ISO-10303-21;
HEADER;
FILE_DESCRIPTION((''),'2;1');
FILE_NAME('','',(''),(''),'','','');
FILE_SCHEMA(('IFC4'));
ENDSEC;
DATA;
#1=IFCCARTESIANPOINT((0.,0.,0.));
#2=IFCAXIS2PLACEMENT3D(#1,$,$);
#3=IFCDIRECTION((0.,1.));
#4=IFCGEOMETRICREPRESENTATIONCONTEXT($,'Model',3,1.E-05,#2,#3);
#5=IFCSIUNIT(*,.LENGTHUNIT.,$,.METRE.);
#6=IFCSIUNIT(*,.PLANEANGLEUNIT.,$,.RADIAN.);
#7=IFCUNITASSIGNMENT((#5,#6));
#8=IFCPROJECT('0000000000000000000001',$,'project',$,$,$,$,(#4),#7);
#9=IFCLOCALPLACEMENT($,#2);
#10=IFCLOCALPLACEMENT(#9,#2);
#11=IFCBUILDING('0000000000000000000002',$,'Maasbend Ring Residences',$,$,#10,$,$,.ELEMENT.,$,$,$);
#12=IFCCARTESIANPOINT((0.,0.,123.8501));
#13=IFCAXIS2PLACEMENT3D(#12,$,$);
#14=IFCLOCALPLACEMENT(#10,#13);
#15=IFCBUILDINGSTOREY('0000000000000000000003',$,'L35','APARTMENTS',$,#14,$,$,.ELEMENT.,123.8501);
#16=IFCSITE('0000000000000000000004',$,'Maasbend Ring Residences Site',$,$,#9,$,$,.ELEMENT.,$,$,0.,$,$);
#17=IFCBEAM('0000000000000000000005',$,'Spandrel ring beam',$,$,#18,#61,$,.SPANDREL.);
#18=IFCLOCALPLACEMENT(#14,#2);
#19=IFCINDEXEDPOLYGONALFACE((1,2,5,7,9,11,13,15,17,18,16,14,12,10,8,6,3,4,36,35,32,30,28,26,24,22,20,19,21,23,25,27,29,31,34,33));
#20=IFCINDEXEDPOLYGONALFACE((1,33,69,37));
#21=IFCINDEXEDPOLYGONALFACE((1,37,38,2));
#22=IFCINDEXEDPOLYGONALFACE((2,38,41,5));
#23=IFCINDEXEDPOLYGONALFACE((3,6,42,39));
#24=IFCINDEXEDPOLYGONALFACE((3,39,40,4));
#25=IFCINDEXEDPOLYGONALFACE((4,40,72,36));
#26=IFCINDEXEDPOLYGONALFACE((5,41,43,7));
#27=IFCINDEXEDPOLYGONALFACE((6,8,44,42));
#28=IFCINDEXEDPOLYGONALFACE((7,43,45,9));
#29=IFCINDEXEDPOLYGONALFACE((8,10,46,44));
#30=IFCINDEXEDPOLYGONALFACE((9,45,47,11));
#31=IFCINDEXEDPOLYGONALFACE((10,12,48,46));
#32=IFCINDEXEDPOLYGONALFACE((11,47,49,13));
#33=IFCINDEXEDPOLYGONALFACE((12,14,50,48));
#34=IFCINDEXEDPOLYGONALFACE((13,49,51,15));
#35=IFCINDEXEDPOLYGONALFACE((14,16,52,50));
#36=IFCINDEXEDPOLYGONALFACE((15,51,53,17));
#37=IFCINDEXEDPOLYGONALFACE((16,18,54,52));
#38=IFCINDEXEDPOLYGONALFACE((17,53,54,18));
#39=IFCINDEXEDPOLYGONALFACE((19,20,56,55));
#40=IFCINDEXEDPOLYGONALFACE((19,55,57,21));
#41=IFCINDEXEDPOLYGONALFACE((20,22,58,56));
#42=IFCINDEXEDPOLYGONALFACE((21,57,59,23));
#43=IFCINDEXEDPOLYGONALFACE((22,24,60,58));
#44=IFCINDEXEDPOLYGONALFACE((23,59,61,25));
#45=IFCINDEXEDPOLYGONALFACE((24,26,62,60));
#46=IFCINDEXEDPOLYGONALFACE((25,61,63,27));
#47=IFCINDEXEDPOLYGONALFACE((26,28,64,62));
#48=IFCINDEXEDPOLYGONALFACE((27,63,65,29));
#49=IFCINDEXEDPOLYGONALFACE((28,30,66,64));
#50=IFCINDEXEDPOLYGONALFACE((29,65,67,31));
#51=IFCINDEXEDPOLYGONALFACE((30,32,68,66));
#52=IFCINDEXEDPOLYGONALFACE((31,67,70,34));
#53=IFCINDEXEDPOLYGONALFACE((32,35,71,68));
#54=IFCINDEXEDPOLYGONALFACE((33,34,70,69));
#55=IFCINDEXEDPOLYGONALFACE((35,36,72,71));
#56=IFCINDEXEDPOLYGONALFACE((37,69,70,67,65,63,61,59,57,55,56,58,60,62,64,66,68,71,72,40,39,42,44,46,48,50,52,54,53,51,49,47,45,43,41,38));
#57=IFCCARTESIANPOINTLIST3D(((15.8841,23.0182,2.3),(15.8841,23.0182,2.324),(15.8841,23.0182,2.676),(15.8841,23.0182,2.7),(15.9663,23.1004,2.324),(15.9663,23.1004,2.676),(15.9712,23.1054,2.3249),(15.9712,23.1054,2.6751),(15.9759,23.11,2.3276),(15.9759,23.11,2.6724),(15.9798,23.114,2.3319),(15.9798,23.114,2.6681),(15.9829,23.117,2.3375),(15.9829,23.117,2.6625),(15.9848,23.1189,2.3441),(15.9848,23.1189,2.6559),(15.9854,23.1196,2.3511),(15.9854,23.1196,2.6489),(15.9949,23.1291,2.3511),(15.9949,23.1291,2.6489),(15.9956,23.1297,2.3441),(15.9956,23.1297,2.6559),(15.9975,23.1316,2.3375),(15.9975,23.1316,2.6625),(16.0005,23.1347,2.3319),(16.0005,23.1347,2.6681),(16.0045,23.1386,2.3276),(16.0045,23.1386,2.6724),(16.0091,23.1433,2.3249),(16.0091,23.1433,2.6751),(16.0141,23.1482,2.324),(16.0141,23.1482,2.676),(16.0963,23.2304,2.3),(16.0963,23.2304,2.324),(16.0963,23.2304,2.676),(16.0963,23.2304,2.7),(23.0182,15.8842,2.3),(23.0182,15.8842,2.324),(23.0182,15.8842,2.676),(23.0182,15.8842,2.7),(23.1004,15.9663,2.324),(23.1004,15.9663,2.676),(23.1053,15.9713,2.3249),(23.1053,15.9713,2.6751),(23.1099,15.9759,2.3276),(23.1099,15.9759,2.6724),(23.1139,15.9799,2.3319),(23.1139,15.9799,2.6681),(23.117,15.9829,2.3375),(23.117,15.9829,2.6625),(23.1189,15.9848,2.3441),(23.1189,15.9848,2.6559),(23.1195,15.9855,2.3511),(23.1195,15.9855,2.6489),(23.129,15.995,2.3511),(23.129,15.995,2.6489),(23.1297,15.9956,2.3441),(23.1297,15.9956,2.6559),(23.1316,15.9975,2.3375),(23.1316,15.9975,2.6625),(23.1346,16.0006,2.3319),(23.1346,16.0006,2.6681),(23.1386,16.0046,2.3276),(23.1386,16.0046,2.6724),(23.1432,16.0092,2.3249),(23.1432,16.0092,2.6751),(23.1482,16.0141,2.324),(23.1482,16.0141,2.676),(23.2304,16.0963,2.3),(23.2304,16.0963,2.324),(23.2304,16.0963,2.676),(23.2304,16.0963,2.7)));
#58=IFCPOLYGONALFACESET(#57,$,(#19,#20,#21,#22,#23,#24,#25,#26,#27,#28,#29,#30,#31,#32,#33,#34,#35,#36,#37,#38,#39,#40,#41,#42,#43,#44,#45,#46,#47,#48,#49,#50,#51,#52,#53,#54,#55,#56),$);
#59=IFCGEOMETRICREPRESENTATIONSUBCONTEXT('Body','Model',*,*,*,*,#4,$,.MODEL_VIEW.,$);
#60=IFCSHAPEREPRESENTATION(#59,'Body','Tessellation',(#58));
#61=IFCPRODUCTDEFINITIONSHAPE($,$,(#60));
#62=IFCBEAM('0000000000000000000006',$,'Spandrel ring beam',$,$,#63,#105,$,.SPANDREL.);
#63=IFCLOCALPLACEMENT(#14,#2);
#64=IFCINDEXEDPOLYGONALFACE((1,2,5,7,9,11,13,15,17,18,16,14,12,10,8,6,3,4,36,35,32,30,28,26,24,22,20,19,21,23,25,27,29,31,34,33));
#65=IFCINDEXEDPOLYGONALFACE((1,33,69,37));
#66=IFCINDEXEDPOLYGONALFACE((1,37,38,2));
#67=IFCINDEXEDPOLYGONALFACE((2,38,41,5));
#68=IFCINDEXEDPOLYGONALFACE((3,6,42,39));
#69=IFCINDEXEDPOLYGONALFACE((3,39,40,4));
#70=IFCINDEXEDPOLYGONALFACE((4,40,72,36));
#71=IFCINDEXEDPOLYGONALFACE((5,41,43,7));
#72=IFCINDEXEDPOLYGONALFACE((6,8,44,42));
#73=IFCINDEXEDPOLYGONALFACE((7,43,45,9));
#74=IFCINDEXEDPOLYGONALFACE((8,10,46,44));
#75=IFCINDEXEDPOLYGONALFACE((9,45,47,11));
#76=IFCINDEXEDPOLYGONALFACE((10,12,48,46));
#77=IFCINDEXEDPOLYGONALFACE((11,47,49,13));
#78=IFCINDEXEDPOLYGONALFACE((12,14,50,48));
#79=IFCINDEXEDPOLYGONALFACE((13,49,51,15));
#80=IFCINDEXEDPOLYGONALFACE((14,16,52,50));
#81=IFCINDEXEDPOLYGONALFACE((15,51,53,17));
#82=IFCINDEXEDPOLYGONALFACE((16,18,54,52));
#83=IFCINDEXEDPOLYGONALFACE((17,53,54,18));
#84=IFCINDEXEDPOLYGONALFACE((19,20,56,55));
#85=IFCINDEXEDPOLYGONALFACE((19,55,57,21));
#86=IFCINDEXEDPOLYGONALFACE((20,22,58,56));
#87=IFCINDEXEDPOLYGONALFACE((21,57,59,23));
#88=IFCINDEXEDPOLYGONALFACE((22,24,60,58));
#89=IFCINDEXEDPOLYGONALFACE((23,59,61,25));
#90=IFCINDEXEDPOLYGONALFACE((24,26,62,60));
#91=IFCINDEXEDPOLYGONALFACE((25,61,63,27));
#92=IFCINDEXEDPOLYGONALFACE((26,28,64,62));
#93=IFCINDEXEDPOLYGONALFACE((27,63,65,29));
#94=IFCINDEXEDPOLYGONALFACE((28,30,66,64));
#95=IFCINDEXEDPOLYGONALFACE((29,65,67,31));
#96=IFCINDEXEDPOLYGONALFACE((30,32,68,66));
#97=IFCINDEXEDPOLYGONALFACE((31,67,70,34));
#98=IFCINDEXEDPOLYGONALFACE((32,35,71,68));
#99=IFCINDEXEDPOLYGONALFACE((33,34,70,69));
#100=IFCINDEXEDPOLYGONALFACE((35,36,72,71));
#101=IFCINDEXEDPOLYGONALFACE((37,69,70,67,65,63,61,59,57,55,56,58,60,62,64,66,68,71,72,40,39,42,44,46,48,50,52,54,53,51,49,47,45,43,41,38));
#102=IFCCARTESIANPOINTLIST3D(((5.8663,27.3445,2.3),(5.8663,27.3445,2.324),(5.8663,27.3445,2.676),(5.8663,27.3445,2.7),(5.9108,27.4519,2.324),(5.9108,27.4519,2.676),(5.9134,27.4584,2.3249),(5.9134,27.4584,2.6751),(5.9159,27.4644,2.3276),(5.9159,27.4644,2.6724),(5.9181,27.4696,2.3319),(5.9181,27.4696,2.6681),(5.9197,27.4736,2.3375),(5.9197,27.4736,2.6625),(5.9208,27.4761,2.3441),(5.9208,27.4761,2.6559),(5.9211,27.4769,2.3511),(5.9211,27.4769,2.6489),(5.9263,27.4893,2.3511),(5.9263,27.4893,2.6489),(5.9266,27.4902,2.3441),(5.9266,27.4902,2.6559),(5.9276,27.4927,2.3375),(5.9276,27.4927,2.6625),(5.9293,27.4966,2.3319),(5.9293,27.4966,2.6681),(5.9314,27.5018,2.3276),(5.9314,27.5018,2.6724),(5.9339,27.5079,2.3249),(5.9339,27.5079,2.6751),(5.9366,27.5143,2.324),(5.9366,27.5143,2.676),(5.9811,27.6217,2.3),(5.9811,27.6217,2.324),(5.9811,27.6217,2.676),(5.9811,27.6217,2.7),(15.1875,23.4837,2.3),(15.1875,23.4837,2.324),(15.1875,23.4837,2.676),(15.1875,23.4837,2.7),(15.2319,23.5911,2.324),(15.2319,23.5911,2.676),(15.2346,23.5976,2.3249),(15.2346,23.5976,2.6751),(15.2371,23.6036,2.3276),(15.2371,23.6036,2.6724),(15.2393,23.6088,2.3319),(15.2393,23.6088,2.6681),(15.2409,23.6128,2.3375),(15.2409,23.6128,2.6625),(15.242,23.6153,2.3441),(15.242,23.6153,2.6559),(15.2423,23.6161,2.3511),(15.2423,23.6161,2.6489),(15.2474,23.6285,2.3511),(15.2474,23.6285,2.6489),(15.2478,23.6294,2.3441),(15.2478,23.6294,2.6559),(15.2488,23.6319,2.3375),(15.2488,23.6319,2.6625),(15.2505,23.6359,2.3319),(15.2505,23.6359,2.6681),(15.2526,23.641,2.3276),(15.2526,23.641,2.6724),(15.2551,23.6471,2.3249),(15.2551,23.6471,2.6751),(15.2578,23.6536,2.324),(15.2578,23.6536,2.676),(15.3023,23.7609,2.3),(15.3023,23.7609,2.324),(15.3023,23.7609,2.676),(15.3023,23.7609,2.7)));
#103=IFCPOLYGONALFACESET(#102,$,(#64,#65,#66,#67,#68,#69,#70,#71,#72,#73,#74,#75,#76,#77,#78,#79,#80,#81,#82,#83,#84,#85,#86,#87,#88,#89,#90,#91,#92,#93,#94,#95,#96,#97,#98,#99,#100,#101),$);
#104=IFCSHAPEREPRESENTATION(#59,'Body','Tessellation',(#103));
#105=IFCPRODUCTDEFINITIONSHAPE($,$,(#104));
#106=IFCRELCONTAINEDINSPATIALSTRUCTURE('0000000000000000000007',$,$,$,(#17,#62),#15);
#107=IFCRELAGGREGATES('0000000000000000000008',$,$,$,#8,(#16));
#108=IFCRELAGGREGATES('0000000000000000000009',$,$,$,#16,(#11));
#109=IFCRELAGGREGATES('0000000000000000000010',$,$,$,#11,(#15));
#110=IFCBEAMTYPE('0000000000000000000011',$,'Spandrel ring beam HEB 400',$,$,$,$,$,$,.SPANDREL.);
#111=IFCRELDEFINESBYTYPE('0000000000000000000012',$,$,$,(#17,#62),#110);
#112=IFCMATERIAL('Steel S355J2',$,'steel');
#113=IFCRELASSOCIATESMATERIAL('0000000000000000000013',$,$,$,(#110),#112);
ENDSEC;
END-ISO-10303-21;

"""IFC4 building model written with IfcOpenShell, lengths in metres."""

from ifc_helpers import new_model, si_unit, direction, frame, origin, origin_2d, place, context, subcontext, project, spatial, i_section, extrude, material, material_profile, profile_set, type_object, element, save


model = new_model("IFC4")

# Units and contexts
model_context = context("Model", 3, precision=1e-05, world=origin(), true_north=direction((0.0, 1.0)))
body_context = subcontext(model_context, "Body", "Model", "MODEL_VIEW")
ifc_project = project(units=[si_unit("LENGTHUNIT", "METRE"), si_unit("PLANEANGLEUNIT", "RADIAN")], contexts=[model_context])

# Site, building, storey
site_placement = place(None, origin())
site = spatial("IfcSite", under=ifc_project, at=site_placement, Name="Maasbend Ring Residences Site", CompositionType="ELEMENT", RefElevation=0.0)
building_placement = place(site_placement, origin())
building = spatial("IfcBuilding", under=site, at=building_placement, Name="Maasbend Ring Residences", CompositionType="ELEMENT")
storey_placement = place(building_placement, frame((0.0, 0.0, 123.8501)))
storey = spatial("IfcBuildingStorey", under=building, at=storey_placement, Name="L35", Description="APARTMENTS", CompositionType="ELEMENT", Elevation=123.8501)

# Beams
ifc_material_1 = material(Name="Steel S355J2", Category="steel")
ifc_material_profile_1 = material_profile(ifc_material_1, i_section(OverallWidth=0.3, OverallDepth=0.3999, WebThickness=0.0134, FlangeThickness=0.0239, FilletRadius=0.0271, at=origin_2d()), Name="HEB 400")
ifc_profile_set_1 = profile_set([ifc_material_profile_1], Name="Steel S355J2")
beam_type = type_object("IfcBeamType", Name="Spandrel ring beam HEB 400", PredefinedType="SPANDREL", material=ifc_profile_set_1)
for number, where, z_axis, x_axis, name in (
    (1, (23.1243, 15.9902, 2.5), (-0.707107, 0.707107, 0.0), (-0.707107, -0.707107, 0.0), "Spandrel ring beam"),
    (2, (15.2449, 23.6223, 2.5), (-0.923885, 0.38267, 0.0), (-0.38267, -0.923885, 0.0), "Spandrel ring beam"),
):
    element("IfcBeam", number, at=place(storey_placement, frame(where, z_axis=z_axis, x_axis=x_axis)), inside=storey, type_object=beam_type, Name=name, PredefinedType="SPANDREL", context=body_context, shape_type="SweptSolid", body=[
        extrude(i_section(OverallWidth=0.3, OverallDepth=0.3999, WebThickness=0.0134, FlangeThickness=0.0239, FilletRadius=0.0271, at=origin_2d()), origin(), (0.0, 0.0, 1.0), 10.0891),
    ])

save(model, "model.ifc")
